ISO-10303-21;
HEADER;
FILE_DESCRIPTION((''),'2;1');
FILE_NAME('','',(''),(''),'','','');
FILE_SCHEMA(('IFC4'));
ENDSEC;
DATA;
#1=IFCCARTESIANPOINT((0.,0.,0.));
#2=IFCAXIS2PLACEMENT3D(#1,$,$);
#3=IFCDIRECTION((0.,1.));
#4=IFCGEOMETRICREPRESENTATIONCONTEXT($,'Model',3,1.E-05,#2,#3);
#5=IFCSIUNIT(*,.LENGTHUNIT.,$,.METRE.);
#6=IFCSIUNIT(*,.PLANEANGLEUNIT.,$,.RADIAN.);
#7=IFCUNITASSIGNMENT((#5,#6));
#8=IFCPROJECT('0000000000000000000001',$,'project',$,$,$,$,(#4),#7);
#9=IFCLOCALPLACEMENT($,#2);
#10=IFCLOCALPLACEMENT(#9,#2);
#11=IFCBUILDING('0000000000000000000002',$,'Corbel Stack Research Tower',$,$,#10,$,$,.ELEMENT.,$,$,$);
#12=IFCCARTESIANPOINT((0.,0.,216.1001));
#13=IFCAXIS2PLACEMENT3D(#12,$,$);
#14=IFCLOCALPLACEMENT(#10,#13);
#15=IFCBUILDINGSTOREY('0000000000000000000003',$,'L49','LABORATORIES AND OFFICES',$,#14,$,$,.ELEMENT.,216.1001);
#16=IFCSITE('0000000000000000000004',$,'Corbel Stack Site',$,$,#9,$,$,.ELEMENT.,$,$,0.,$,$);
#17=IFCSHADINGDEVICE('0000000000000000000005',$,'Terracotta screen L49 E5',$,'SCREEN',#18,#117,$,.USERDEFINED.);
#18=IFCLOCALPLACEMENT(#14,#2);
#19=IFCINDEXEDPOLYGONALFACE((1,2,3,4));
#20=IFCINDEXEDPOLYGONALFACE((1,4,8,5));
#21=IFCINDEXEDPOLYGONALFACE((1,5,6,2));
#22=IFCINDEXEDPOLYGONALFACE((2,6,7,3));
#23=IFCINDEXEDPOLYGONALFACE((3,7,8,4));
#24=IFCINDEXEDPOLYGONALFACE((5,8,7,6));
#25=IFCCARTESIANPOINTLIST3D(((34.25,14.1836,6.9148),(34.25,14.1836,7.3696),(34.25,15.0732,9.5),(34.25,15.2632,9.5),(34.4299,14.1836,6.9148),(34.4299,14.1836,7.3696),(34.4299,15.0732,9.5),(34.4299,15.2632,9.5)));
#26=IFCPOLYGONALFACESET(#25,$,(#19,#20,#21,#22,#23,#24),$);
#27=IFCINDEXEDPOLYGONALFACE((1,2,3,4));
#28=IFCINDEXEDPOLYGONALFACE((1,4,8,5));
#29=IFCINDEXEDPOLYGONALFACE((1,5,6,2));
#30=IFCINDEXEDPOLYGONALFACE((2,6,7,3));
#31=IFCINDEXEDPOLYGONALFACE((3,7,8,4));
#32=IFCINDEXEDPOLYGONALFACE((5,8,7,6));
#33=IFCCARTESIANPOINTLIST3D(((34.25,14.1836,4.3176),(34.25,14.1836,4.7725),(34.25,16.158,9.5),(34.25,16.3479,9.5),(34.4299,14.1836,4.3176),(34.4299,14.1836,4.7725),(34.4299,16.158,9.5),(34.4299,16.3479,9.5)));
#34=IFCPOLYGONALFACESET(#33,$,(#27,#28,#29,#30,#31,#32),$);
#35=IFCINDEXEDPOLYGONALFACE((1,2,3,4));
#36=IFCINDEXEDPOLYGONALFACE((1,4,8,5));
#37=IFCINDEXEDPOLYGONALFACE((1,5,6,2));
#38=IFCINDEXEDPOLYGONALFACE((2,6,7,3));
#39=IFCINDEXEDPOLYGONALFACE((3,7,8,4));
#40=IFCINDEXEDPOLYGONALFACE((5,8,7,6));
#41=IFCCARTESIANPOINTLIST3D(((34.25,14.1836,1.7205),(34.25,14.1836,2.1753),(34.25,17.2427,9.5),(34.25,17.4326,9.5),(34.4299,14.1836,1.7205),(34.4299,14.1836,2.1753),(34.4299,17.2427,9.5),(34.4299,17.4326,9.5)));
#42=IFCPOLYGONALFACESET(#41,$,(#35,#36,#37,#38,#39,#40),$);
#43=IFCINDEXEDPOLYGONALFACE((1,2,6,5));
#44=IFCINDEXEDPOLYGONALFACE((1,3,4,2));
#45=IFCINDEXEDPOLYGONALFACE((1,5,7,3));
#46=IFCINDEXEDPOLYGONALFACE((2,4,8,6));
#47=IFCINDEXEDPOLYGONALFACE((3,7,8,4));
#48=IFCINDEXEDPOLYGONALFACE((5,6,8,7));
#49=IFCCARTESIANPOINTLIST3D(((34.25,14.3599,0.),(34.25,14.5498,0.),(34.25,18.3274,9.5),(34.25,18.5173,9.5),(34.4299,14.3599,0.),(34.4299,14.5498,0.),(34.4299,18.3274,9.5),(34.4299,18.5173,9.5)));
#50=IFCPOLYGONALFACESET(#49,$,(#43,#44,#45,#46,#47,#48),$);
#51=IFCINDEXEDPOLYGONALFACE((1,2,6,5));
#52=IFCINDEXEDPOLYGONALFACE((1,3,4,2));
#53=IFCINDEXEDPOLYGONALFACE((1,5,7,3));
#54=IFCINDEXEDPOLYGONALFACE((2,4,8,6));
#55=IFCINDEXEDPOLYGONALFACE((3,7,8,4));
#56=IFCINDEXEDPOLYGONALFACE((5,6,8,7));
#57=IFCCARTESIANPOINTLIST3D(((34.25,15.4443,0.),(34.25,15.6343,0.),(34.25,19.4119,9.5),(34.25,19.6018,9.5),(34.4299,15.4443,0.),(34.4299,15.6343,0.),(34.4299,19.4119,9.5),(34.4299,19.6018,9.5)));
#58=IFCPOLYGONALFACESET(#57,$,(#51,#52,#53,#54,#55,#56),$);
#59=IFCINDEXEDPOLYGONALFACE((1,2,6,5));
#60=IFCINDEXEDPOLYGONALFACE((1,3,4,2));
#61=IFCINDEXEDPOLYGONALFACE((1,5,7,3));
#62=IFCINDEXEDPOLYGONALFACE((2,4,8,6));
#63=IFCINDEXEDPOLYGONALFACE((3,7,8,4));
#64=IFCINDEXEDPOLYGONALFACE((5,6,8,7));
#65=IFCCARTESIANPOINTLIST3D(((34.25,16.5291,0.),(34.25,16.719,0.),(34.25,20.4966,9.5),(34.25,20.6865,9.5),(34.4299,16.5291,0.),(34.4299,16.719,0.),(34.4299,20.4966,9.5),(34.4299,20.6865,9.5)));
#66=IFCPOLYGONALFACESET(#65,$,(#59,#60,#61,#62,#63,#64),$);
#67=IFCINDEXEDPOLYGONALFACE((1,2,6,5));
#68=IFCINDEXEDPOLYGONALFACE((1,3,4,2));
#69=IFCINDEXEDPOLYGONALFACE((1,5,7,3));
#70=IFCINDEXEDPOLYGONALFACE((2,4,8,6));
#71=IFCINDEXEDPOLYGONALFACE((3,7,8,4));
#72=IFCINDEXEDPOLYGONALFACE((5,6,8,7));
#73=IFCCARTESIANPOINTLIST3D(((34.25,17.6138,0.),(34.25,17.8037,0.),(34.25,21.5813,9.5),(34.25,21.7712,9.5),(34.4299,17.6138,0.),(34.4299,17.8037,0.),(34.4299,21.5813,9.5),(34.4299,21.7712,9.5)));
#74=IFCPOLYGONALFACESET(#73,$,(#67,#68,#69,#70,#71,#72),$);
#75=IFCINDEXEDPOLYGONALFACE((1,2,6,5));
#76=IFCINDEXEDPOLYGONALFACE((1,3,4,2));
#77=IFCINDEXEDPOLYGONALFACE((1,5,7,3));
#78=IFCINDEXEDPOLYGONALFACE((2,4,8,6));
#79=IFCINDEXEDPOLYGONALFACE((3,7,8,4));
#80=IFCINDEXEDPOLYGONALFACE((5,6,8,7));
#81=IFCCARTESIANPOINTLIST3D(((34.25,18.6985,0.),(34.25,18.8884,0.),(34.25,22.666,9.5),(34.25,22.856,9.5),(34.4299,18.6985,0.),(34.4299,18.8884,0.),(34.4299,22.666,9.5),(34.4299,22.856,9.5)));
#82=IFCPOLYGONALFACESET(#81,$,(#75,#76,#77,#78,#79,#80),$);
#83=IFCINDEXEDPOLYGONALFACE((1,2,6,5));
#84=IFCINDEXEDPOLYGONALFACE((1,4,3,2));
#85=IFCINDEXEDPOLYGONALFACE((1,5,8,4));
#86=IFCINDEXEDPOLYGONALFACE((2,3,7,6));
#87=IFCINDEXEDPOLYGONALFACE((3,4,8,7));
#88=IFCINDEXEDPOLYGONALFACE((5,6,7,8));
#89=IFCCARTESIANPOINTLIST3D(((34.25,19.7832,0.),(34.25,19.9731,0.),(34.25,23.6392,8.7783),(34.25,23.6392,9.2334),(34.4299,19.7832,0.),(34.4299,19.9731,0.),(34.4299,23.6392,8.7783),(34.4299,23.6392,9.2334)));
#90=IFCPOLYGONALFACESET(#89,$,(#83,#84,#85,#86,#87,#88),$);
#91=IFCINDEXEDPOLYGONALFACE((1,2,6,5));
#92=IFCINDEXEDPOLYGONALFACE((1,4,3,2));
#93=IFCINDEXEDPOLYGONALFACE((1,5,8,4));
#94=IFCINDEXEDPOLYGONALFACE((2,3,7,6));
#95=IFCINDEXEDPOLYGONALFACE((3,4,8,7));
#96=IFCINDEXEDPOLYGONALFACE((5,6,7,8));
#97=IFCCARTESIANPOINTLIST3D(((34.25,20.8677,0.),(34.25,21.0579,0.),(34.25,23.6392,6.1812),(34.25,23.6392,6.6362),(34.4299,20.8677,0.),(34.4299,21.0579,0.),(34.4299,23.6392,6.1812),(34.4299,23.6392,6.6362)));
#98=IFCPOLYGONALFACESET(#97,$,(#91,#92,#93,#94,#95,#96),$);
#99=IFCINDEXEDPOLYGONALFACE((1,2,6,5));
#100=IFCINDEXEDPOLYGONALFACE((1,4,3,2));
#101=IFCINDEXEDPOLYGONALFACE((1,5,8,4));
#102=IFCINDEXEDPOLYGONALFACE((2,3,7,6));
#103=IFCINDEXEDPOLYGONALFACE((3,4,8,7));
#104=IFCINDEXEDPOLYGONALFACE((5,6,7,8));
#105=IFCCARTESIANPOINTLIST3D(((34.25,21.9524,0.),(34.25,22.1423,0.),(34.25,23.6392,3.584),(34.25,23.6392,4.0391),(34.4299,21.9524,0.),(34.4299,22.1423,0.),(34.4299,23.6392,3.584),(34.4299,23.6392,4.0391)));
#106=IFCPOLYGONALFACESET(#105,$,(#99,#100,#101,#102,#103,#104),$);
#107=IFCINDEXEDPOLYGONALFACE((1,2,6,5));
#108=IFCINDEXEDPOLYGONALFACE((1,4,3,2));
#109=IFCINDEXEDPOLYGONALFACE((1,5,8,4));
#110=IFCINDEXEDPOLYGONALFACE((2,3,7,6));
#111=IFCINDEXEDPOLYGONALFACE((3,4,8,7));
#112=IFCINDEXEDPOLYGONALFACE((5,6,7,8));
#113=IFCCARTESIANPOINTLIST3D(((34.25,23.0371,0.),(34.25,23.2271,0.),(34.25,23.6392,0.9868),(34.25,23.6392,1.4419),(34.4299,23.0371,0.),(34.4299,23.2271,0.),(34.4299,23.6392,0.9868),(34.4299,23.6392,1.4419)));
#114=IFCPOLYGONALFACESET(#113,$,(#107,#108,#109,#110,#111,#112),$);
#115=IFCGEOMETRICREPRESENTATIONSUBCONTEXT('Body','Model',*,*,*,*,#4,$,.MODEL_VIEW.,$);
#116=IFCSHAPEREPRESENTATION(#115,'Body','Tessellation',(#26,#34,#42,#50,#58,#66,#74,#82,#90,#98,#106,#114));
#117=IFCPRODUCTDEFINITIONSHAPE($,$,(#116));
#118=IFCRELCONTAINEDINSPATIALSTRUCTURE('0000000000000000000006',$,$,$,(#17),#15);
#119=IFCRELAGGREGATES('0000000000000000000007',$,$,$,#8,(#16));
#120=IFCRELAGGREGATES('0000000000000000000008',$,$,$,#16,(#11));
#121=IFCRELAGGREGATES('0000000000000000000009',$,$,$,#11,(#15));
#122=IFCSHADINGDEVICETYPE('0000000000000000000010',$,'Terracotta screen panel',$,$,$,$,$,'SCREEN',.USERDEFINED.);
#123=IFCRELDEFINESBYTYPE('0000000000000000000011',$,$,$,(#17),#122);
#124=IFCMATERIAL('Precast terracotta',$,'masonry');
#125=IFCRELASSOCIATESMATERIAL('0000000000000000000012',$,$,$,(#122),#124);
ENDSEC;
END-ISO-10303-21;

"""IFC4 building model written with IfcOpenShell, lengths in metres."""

from ifc_helpers import new_model, si_unit, direction, frame, origin, place, context, subcontext, project, spatial, polyline, outline, extrude, source, transform, mapped, material, type_object, element, save


model = new_model("IFC4")

# Units and contexts
model_context = context("Model", 3, precision=1e-05, world=origin(), true_north=direction((0.0, 1.0)))
body_context = subcontext(model_context, "Body", "Model", "MODEL_VIEW")
ifc_project = project(units=[si_unit("LENGTHUNIT", "METRE"), si_unit("PLANEANGLEUNIT", "RADIAN")], contexts=[model_context])

# Site, building, storey
site_placement = place(None, origin())
site = spatial("IfcSite", under=ifc_project, at=site_placement, Name="Corbel Stack Site", CompositionType="ELEMENT", RefElevation=0.0)
building_placement = place(site_placement, origin())
building = spatial("IfcBuilding", under=site, at=building_placement, Name="Corbel Stack Research Tower", CompositionType="ELEMENT")
storey_placement = place(building_placement, frame((0.0, 0.0, 216.1001)))
storey = spatial("IfcBuildingStorey", under=building, at=storey_placement, Name="L49", Description="LABORATORIES AND OFFICES", CompositionType="ELEMENT", Elevation=216.1001)

# Shading device
ifc_material_1 = material(Name="Precast terracotta", Category="masonry")
shading_device_type = type_object("IfcShadingDeviceType", Name="Terracotta screen panel", ElementType="SCREEN", PredefinedType="USERDEFINED", material=ifc_material_1)
shared_shape = source(origin(), body_context, "Body", "SweptSolid", [
    extrude(outline(polyline([(1.0796, 9.5), (0.8896, 9.5), (0.0, 7.3696), (0.0, 6.9148), (1.0796, 9.5)])), frame((0.0, 0.0, 0.0), z_axis=(0.0, -1.0, 0.0), x_axis=(1.0, 0.0, 0.0)), (0.0, 0.0, 1.0), 0.1799),
    extrude(outline(polyline([(2.1643, 9.5), (1.9744, 9.5), (0.0, 4.7725), (0.0, 4.3176), (2.1643, 9.5)])), frame((0.0, 0.0, 0.0), z_axis=(0.0, -1.0, 0.0), x_axis=(1.0, 0.0, 0.0)), (0.0, 0.0, 1.0), 0.1799),
    extrude(outline(polyline([(3.249, 9.5), (3.0591, 9.5), (0.0, 2.1753), (0.0, 1.7205), (3.249, 9.5)])), frame((0.0, 0.0, 0.0), z_axis=(0.0, -1.0, 0.0), x_axis=(1.0, 0.0, 0.0)), (0.0, 0.0, 1.0), 0.1799),
    extrude(outline(polyline([(0.3662, 0.0), (4.3337, 9.5), (4.1438, 9.5), (0.1763, 0.0), (0.3662, 0.0)])), frame((0.0, 0.0, 0.0), z_axis=(0.0, -1.0, 0.0), x_axis=(1.0, 0.0, 0.0)), (0.0, 0.0, 1.0), 0.1799),
    extrude(outline(polyline([(1.4507, 0.0), (5.4182, 9.5), (5.2283, 9.5), (1.2607, 0.0), (1.4507, 0.0)])), frame((0.0, 0.0, 0.0), z_axis=(0.0, -1.0, 0.0), x_axis=(1.0, 0.0, 0.0)), (0.0, 0.0, 1.0), 0.1799),
    extrude(outline(polyline([(2.5354, 0.0), (6.5029, 9.5), (6.313, 9.5), (2.3455, 0.0), (2.5354, 0.0)])), frame((0.0, 0.0, 0.0), z_axis=(0.0, -1.0, 0.0), x_axis=(1.0, 0.0, 0.0)), (0.0, 0.0, 1.0), 0.1799),
    extrude(outline(polyline([(3.6201, 0.0), (7.5876, 9.5), (7.3977, 9.5), (3.4302, 0.0), (3.6201, 0.0)])), frame((0.0, 0.0, 0.0), z_axis=(0.0, -1.0, 0.0), x_axis=(1.0, 0.0, 0.0)), (0.0, 0.0, 1.0), 0.1799),
    extrude(outline(polyline([(4.7048, 0.0), (8.6724, 9.5), (8.4824, 9.5), (4.5149, 0.0), (4.7048, 0.0)])), frame((0.0, 0.0, 0.0), z_axis=(0.0, -1.0, 0.0), x_axis=(1.0, 0.0, 0.0)), (0.0, 0.0, 1.0), 0.1799),
    extrude(outline(polyline([(5.7896, 0.0), (9.4556, 8.7783), (9.4556, 9.2334), (5.5996, 0.0), (5.7896, 0.0)])), frame((0.0, 0.0, 0.0), z_axis=(0.0, -1.0, 0.0), x_axis=(1.0, 0.0, 0.0)), (0.0, 0.0, 1.0), 0.1799),
    extrude(outline(polyline([(6.8743, 0.0), (9.4556, 6.1812), (9.4556, 6.6362), (6.6841, 0.0), (6.8743, 0.0)])), frame((0.0, 0.0, 0.0), z_axis=(0.0, -1.0, 0.0), x_axis=(1.0, 0.0, 0.0)), (0.0, 0.0, 1.0), 0.1799),
    extrude(outline(polyline([(7.9587, 0.0), (9.4556, 3.584), (9.4556, 4.0391), (7.7688, 0.0), (7.9587, 0.0)])), frame((0.0, 0.0, 0.0), z_axis=(0.0, -1.0, 0.0), x_axis=(1.0, 0.0, 0.0)), (0.0, 0.0, 1.0), 0.1799),
    extrude(outline(polyline([(9.0435, 0.0), (9.4556, 0.9868), (9.4556, 1.4419), (8.8535, 0.0), (9.0435, 0.0)])), frame((0.0, 0.0, 0.0), z_axis=(0.0, -1.0, 0.0), x_axis=(1.0, 0.0, 0.0)), (0.0, 0.0, 1.0), 0.1799),
])
shading_device_placement = place(storey_placement, frame((34.25, 14.1836, 0.0), z_axis=(0.0, 0.0, 1.0), x_axis=(0.0, 1.0, 0.0)))
element("IfcShadingDevice", 1, at=shading_device_placement, inside=storey, type_object=shading_device_type, Name="Terracotta screen L49 E5", ObjectType="SCREEN", PredefinedType="USERDEFINED", context=body_context, shape_type="MappedRepresentation", body=[
    mapped(shared_shape, transform((0.0, 0.0, 0.0))),
])

save(model, "model.ifc")
